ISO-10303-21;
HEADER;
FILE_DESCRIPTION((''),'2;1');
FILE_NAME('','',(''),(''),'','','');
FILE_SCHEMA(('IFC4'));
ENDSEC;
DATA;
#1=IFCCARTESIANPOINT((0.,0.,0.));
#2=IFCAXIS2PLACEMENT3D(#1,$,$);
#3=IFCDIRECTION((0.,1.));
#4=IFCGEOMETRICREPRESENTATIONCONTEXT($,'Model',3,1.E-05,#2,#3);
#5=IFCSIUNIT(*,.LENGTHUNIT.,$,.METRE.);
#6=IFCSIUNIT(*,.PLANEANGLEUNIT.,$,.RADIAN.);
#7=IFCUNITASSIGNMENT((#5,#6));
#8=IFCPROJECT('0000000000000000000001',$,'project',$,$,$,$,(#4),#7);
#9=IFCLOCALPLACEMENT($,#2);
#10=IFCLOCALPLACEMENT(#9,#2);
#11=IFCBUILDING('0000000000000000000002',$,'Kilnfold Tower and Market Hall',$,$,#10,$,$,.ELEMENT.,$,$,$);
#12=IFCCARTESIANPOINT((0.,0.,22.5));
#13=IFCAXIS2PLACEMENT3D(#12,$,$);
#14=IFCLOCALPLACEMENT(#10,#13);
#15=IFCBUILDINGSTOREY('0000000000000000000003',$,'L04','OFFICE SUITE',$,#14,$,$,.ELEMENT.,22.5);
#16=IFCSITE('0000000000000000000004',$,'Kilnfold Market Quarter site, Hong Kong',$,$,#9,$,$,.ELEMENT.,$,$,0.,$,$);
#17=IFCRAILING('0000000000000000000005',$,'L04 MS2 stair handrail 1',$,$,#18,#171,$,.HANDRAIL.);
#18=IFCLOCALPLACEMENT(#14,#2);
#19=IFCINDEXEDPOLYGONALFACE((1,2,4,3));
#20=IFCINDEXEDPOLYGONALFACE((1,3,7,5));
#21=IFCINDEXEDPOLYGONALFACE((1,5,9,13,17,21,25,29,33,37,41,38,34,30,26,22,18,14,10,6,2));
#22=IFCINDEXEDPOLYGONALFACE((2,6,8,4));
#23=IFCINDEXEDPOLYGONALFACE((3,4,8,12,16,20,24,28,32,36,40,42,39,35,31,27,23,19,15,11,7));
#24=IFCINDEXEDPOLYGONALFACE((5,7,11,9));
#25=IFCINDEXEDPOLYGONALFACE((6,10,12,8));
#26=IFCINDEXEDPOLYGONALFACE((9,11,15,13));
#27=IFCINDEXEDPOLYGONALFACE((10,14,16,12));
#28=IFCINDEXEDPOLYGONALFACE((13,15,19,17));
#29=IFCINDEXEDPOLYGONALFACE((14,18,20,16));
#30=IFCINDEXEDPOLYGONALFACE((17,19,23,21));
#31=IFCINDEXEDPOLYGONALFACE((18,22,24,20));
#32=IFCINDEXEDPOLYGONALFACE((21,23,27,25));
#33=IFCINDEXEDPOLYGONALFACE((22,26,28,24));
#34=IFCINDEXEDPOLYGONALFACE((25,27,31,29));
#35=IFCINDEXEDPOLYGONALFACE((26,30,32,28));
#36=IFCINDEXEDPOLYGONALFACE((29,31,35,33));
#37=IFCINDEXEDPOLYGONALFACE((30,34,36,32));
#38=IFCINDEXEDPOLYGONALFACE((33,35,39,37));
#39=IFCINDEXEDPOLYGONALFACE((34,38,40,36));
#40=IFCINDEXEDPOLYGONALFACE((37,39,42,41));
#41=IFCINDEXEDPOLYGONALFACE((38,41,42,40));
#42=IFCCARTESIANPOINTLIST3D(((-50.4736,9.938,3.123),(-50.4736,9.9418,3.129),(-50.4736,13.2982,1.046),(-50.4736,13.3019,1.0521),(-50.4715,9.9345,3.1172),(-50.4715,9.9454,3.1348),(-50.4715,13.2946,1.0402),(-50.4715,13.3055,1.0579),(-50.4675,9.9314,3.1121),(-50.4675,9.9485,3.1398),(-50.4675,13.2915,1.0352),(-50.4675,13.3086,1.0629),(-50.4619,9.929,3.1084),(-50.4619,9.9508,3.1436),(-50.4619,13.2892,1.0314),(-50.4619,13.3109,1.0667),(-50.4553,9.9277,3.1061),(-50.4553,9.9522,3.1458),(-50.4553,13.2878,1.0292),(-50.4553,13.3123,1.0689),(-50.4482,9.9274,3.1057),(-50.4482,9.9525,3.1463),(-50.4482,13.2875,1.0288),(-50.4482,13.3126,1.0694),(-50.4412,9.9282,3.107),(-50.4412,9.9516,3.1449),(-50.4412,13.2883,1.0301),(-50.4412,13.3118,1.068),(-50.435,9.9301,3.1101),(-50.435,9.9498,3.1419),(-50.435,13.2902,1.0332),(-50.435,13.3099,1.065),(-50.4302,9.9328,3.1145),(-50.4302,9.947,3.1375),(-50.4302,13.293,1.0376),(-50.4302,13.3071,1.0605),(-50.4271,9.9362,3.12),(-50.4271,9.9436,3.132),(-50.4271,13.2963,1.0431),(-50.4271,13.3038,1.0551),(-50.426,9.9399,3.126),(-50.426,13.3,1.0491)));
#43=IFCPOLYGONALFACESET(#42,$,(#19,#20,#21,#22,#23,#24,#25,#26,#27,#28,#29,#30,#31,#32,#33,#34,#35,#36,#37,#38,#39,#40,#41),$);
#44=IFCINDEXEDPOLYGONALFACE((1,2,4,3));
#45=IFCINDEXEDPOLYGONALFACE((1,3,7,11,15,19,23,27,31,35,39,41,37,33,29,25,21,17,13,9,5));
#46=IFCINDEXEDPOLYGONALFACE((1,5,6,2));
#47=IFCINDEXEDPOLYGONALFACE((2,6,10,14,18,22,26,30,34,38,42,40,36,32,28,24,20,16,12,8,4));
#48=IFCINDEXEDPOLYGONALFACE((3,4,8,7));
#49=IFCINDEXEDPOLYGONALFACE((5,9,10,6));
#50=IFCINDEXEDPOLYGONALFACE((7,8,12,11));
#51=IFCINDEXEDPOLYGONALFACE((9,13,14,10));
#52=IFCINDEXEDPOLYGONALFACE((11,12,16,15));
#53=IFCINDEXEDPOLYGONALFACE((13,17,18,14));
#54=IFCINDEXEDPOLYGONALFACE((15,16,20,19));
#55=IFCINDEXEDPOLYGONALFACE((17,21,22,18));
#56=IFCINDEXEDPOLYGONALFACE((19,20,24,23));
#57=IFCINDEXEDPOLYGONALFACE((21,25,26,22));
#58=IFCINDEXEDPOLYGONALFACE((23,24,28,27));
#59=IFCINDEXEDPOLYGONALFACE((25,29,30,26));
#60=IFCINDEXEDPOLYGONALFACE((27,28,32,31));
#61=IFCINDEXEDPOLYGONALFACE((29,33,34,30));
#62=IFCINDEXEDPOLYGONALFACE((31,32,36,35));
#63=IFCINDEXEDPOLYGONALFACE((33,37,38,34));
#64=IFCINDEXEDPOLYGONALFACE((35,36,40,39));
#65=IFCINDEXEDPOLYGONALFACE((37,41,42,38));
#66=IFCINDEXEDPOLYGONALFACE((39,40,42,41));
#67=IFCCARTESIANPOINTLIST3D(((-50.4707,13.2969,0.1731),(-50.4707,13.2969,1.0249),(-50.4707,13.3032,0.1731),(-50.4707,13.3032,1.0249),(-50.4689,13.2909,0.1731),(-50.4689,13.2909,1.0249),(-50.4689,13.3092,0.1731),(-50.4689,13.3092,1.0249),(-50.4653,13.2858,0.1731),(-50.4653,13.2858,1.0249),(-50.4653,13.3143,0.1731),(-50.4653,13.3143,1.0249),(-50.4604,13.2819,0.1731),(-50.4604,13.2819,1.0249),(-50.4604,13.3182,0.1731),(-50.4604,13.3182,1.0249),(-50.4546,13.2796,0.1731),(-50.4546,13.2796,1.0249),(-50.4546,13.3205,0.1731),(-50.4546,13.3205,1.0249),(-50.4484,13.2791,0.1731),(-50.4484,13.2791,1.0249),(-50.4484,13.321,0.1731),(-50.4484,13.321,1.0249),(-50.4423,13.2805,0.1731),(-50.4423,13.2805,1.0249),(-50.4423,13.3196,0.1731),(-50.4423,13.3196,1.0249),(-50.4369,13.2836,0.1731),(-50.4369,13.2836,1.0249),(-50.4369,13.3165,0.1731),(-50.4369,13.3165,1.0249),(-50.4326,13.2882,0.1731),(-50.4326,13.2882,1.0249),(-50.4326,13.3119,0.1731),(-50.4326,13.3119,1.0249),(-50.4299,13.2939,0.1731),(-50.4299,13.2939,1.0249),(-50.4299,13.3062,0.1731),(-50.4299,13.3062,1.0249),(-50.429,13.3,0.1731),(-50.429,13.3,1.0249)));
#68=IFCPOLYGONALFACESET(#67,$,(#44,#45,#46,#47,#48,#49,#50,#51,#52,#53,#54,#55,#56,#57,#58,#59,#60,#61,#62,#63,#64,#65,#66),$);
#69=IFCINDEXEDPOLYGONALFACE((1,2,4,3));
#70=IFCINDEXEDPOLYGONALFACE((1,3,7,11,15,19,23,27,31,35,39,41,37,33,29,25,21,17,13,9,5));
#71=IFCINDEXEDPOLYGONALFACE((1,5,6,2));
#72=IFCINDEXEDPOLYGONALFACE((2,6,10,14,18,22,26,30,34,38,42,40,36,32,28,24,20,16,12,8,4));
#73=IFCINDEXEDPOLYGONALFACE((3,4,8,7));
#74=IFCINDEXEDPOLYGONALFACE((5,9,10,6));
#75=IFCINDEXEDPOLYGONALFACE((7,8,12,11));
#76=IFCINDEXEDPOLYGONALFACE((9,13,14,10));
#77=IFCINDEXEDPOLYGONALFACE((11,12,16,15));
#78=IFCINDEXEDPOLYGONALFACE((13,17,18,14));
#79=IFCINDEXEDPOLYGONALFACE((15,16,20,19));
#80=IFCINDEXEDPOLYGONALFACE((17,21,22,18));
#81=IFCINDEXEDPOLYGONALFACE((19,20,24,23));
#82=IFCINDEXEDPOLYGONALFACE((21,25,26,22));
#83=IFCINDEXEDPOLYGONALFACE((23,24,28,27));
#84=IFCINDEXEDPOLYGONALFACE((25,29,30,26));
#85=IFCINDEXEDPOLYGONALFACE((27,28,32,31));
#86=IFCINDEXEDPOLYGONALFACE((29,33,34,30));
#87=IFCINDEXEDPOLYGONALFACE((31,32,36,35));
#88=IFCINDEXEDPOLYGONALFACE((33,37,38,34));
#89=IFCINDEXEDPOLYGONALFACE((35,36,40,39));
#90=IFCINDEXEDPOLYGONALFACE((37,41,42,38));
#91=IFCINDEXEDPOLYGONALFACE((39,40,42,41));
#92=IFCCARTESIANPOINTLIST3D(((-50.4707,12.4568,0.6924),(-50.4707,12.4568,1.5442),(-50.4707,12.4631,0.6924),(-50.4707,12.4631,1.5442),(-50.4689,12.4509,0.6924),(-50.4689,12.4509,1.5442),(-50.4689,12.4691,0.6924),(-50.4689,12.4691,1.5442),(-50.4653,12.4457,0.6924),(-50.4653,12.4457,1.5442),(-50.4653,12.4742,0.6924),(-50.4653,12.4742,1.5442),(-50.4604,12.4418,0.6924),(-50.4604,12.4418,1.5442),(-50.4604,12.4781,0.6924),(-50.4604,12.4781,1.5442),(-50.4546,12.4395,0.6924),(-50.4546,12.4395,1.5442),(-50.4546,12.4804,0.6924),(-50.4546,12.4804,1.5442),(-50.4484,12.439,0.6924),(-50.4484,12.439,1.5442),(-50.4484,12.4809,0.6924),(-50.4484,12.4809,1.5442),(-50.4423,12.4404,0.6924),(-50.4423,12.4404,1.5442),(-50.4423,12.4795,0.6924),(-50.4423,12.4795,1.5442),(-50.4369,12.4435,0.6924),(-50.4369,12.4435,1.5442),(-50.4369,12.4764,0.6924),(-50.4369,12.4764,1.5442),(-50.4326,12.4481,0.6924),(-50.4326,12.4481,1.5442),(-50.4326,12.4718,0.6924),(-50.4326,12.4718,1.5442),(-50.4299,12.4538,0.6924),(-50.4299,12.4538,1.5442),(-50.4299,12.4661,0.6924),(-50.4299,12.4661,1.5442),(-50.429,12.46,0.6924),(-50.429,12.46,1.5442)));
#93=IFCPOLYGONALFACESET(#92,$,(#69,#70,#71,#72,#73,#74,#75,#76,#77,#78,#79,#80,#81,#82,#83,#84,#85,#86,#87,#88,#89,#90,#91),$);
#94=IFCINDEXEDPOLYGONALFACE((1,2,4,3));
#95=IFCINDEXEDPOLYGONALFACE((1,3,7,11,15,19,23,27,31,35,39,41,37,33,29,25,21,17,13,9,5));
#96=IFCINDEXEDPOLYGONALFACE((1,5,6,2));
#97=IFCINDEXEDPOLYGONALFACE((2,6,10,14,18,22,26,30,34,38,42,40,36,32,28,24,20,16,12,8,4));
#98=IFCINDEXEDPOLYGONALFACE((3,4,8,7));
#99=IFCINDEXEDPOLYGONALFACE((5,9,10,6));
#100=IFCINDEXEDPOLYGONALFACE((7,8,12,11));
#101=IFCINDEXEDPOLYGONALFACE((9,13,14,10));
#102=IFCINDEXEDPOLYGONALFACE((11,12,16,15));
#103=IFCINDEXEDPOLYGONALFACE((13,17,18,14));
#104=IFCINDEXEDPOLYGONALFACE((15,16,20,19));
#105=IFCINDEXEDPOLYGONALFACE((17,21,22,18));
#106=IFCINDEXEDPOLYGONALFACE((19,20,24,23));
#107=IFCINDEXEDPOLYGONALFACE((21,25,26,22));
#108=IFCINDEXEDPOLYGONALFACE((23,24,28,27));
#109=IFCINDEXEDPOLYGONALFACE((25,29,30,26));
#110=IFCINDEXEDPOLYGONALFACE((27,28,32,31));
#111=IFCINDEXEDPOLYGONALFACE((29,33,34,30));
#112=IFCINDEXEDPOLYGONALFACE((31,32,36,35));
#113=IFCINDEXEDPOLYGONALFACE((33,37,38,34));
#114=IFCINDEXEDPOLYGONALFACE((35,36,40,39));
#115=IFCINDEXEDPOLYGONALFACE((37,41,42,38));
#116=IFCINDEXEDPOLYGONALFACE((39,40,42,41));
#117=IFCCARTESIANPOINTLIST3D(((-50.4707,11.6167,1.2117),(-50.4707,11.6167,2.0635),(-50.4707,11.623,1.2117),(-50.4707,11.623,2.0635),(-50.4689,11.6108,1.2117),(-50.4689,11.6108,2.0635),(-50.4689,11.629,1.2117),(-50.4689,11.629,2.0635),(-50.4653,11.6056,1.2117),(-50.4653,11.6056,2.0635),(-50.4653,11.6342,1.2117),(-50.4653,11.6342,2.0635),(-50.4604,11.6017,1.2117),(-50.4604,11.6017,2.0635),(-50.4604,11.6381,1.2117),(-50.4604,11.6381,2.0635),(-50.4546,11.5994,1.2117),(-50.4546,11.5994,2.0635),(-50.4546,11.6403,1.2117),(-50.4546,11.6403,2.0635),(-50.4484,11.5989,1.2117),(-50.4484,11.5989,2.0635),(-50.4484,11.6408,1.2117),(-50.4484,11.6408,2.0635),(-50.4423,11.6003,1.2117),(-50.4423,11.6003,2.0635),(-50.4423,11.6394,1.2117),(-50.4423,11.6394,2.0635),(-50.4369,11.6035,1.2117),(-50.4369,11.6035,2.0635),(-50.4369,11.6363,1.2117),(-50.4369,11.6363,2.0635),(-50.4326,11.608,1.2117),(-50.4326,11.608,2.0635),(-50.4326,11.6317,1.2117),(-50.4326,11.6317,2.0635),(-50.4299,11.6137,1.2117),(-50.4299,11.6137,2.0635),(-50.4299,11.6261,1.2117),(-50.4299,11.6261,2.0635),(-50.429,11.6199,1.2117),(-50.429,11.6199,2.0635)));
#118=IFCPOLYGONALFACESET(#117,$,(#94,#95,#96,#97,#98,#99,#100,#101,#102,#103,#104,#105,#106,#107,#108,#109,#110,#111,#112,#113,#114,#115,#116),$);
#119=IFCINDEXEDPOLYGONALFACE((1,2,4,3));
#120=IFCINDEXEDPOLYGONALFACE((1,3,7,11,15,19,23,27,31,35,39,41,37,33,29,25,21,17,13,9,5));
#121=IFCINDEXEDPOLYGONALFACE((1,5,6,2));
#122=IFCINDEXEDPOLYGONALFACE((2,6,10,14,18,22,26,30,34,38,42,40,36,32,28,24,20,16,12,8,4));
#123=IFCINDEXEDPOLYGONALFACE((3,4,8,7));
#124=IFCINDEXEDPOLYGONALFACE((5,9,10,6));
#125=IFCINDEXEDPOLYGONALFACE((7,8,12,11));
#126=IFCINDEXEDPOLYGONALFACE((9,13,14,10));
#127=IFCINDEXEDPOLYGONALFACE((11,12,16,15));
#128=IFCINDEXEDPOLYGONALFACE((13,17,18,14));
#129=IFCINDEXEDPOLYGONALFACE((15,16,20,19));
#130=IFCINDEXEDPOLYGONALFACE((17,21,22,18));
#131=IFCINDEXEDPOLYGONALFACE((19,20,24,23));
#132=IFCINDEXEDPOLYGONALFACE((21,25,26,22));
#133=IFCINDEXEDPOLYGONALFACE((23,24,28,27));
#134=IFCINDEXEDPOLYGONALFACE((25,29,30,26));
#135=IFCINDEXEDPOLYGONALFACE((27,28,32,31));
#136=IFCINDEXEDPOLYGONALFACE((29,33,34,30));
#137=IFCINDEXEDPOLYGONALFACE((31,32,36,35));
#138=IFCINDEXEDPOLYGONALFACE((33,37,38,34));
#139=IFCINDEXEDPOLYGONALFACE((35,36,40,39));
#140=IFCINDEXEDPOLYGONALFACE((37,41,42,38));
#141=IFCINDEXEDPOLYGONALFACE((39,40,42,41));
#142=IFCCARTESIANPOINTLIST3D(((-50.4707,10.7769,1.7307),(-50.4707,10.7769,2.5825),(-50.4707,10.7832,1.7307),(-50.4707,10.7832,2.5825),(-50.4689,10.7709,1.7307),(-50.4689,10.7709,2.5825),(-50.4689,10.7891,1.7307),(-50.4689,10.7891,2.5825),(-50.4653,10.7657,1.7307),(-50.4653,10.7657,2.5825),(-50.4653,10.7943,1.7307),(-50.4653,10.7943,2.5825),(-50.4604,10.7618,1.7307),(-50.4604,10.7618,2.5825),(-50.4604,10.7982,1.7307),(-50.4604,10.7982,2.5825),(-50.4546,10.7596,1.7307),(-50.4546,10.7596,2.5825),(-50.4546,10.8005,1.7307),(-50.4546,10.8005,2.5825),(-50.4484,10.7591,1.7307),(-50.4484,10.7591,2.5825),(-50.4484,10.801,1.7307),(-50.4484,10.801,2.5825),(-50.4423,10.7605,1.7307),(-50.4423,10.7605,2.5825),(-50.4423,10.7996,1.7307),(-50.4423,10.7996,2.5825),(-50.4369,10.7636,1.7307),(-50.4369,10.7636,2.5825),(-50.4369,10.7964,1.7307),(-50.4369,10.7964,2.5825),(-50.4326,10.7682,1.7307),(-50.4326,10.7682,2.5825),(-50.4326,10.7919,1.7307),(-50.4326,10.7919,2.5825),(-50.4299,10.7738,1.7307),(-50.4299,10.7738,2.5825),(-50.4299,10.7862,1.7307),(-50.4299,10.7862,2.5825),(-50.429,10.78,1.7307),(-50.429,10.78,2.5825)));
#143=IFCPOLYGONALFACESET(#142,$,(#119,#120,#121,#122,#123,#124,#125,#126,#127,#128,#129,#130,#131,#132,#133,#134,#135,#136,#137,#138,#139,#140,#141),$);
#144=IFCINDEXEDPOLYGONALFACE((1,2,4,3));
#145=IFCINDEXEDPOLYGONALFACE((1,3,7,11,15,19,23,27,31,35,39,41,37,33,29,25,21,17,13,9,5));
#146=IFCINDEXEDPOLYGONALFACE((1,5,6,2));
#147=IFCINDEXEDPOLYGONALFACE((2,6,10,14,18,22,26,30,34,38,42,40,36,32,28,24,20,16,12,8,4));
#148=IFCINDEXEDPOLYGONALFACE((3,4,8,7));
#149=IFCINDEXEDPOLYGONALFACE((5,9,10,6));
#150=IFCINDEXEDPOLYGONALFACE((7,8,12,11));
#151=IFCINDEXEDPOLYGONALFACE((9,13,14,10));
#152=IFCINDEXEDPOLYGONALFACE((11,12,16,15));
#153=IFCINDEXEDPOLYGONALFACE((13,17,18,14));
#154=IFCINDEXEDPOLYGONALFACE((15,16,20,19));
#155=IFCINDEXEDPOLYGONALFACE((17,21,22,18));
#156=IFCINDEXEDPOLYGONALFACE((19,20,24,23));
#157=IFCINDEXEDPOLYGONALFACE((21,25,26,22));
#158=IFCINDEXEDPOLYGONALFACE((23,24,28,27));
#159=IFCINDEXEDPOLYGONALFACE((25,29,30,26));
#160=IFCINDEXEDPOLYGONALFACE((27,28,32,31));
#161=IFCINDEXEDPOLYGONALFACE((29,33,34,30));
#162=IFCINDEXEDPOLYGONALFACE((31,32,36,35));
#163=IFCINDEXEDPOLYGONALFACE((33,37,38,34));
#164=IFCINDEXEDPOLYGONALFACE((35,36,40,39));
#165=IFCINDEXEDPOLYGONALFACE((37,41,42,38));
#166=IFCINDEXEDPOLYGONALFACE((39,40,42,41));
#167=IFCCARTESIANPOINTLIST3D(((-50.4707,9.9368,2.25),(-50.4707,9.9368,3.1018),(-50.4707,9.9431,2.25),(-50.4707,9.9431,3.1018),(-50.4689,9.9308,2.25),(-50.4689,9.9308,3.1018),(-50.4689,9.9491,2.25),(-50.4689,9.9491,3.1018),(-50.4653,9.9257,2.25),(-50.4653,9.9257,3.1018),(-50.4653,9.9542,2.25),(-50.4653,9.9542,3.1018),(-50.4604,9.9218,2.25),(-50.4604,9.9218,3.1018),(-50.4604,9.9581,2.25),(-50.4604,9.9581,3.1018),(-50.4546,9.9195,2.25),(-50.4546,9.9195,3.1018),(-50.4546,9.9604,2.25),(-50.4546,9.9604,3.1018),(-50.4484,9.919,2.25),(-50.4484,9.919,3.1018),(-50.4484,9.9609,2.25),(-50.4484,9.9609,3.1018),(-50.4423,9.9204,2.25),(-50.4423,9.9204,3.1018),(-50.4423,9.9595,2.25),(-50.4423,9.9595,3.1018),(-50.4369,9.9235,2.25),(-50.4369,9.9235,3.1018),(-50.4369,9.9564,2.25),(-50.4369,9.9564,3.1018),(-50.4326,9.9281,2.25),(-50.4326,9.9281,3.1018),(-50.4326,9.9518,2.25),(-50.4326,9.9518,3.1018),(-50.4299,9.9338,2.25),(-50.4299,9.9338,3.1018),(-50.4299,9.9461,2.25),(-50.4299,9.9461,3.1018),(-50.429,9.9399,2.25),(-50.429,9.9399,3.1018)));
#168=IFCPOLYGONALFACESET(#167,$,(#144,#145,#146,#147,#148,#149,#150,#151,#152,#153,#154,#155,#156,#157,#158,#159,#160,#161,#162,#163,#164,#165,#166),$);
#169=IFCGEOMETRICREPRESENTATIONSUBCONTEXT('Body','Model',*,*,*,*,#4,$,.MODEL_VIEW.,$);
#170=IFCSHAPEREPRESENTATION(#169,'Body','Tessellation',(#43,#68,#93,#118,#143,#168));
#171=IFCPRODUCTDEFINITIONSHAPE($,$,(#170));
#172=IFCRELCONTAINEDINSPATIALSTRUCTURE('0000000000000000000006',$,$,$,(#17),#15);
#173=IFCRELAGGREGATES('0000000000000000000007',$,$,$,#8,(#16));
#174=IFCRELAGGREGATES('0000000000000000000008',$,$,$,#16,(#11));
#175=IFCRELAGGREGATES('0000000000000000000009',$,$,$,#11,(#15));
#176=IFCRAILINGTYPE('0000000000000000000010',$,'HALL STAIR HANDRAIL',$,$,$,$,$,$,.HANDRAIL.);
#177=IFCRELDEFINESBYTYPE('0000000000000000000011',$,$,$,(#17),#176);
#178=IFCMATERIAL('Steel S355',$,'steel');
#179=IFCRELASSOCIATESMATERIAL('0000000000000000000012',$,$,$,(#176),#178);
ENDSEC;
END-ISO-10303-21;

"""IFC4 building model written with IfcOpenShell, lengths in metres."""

from ifc_helpers import new_model, si_unit, direction, frame, origin, origin_2d, place, context, subcontext, project, spatial, circle, extrude, material, type_object, element, save


model = new_model("IFC4")

# Units and contexts
model_context = context("Model", 3, precision=1e-05, world=origin(), true_north=direction((0.0, 1.0)))
body_context = subcontext(model_context, "Body", "Model", "MODEL_VIEW")
ifc_project = project(units=[si_unit("LENGTHUNIT", "METRE"), si_unit("PLANEANGLEUNIT", "RADIAN")], contexts=[model_context])

# Site, building, storey
site_placement = place(None, origin())
site = spatial("IfcSite", under=ifc_project, at=site_placement, Name="Kilnfold Market Quarter site, Hong Kong", CompositionType="ELEMENT", RefElevation=0.0)
building_placement = place(site_placement, origin())
building = spatial("IfcBuilding", under=site, at=building_placement, Name="Kilnfold Tower and Market Hall", CompositionType="ELEMENT")
storey_placement = place(building_placement, frame((0.0, 0.0, 22.5)))
storey = spatial("IfcBuildingStorey", under=building, at=storey_placement, Name="L04", Description="OFFICE SUITE", CompositionType="ELEMENT", Elevation=22.5)

# Railing
ifc_material_1 = material(Name="Steel S355", Category="steel")
railing_type_1 = type_object("IfcRailingType", Name="HALL STAIR HANDRAIL", PredefinedType="HANDRAIL", material=ifc_material_1)
railing_1_placement = place(storey_placement, frame((-50.45, 13.3, 0.1731)))
element("IfcRailing", 1, at=railing_1_placement, inside=storey, type_object=railing_type_1, Name="L04 MS2 stair handrail 1", PredefinedType="HANDRAIL", context=body_context, shape_type="SweptSolid", body=[
    extrude(circle(Radius=0.0239, at=origin_2d()), frame((0.0, 0.0, 0.876), z_axis=(0.0, -0.850623, 0.525776), x_axis=(1.0, 0.0, 0.0)), (0.0, 0.0, 1.0), 3.9502),
    extrude(circle(Radius=0.021, at=origin_2d()), origin(), (0.0, 0.0, 1.0), 0.8518),
    extrude(circle(Radius=0.021, at=origin_2d()), frame((0.0, -0.8401, 0.5193)), (0.0, 0.0, 1.0), 0.8518),
    extrude(circle(Radius=0.021, at=origin_2d()), frame((0.0, -1.6802, 1.0386)), (0.0, 0.0, 1.0), 0.8518),
    extrude(circle(Radius=0.021, at=origin_2d()), frame((0.0, -2.52, 1.5576)), (0.0, 0.0, 1.0), 0.8518),
    extrude(circle(Radius=0.021, at=origin_2d()), frame((0.0, -3.3601, 2.0769)), (0.0, 0.0, 1.0), 0.8518),
])

save(model, "model.ifc")
